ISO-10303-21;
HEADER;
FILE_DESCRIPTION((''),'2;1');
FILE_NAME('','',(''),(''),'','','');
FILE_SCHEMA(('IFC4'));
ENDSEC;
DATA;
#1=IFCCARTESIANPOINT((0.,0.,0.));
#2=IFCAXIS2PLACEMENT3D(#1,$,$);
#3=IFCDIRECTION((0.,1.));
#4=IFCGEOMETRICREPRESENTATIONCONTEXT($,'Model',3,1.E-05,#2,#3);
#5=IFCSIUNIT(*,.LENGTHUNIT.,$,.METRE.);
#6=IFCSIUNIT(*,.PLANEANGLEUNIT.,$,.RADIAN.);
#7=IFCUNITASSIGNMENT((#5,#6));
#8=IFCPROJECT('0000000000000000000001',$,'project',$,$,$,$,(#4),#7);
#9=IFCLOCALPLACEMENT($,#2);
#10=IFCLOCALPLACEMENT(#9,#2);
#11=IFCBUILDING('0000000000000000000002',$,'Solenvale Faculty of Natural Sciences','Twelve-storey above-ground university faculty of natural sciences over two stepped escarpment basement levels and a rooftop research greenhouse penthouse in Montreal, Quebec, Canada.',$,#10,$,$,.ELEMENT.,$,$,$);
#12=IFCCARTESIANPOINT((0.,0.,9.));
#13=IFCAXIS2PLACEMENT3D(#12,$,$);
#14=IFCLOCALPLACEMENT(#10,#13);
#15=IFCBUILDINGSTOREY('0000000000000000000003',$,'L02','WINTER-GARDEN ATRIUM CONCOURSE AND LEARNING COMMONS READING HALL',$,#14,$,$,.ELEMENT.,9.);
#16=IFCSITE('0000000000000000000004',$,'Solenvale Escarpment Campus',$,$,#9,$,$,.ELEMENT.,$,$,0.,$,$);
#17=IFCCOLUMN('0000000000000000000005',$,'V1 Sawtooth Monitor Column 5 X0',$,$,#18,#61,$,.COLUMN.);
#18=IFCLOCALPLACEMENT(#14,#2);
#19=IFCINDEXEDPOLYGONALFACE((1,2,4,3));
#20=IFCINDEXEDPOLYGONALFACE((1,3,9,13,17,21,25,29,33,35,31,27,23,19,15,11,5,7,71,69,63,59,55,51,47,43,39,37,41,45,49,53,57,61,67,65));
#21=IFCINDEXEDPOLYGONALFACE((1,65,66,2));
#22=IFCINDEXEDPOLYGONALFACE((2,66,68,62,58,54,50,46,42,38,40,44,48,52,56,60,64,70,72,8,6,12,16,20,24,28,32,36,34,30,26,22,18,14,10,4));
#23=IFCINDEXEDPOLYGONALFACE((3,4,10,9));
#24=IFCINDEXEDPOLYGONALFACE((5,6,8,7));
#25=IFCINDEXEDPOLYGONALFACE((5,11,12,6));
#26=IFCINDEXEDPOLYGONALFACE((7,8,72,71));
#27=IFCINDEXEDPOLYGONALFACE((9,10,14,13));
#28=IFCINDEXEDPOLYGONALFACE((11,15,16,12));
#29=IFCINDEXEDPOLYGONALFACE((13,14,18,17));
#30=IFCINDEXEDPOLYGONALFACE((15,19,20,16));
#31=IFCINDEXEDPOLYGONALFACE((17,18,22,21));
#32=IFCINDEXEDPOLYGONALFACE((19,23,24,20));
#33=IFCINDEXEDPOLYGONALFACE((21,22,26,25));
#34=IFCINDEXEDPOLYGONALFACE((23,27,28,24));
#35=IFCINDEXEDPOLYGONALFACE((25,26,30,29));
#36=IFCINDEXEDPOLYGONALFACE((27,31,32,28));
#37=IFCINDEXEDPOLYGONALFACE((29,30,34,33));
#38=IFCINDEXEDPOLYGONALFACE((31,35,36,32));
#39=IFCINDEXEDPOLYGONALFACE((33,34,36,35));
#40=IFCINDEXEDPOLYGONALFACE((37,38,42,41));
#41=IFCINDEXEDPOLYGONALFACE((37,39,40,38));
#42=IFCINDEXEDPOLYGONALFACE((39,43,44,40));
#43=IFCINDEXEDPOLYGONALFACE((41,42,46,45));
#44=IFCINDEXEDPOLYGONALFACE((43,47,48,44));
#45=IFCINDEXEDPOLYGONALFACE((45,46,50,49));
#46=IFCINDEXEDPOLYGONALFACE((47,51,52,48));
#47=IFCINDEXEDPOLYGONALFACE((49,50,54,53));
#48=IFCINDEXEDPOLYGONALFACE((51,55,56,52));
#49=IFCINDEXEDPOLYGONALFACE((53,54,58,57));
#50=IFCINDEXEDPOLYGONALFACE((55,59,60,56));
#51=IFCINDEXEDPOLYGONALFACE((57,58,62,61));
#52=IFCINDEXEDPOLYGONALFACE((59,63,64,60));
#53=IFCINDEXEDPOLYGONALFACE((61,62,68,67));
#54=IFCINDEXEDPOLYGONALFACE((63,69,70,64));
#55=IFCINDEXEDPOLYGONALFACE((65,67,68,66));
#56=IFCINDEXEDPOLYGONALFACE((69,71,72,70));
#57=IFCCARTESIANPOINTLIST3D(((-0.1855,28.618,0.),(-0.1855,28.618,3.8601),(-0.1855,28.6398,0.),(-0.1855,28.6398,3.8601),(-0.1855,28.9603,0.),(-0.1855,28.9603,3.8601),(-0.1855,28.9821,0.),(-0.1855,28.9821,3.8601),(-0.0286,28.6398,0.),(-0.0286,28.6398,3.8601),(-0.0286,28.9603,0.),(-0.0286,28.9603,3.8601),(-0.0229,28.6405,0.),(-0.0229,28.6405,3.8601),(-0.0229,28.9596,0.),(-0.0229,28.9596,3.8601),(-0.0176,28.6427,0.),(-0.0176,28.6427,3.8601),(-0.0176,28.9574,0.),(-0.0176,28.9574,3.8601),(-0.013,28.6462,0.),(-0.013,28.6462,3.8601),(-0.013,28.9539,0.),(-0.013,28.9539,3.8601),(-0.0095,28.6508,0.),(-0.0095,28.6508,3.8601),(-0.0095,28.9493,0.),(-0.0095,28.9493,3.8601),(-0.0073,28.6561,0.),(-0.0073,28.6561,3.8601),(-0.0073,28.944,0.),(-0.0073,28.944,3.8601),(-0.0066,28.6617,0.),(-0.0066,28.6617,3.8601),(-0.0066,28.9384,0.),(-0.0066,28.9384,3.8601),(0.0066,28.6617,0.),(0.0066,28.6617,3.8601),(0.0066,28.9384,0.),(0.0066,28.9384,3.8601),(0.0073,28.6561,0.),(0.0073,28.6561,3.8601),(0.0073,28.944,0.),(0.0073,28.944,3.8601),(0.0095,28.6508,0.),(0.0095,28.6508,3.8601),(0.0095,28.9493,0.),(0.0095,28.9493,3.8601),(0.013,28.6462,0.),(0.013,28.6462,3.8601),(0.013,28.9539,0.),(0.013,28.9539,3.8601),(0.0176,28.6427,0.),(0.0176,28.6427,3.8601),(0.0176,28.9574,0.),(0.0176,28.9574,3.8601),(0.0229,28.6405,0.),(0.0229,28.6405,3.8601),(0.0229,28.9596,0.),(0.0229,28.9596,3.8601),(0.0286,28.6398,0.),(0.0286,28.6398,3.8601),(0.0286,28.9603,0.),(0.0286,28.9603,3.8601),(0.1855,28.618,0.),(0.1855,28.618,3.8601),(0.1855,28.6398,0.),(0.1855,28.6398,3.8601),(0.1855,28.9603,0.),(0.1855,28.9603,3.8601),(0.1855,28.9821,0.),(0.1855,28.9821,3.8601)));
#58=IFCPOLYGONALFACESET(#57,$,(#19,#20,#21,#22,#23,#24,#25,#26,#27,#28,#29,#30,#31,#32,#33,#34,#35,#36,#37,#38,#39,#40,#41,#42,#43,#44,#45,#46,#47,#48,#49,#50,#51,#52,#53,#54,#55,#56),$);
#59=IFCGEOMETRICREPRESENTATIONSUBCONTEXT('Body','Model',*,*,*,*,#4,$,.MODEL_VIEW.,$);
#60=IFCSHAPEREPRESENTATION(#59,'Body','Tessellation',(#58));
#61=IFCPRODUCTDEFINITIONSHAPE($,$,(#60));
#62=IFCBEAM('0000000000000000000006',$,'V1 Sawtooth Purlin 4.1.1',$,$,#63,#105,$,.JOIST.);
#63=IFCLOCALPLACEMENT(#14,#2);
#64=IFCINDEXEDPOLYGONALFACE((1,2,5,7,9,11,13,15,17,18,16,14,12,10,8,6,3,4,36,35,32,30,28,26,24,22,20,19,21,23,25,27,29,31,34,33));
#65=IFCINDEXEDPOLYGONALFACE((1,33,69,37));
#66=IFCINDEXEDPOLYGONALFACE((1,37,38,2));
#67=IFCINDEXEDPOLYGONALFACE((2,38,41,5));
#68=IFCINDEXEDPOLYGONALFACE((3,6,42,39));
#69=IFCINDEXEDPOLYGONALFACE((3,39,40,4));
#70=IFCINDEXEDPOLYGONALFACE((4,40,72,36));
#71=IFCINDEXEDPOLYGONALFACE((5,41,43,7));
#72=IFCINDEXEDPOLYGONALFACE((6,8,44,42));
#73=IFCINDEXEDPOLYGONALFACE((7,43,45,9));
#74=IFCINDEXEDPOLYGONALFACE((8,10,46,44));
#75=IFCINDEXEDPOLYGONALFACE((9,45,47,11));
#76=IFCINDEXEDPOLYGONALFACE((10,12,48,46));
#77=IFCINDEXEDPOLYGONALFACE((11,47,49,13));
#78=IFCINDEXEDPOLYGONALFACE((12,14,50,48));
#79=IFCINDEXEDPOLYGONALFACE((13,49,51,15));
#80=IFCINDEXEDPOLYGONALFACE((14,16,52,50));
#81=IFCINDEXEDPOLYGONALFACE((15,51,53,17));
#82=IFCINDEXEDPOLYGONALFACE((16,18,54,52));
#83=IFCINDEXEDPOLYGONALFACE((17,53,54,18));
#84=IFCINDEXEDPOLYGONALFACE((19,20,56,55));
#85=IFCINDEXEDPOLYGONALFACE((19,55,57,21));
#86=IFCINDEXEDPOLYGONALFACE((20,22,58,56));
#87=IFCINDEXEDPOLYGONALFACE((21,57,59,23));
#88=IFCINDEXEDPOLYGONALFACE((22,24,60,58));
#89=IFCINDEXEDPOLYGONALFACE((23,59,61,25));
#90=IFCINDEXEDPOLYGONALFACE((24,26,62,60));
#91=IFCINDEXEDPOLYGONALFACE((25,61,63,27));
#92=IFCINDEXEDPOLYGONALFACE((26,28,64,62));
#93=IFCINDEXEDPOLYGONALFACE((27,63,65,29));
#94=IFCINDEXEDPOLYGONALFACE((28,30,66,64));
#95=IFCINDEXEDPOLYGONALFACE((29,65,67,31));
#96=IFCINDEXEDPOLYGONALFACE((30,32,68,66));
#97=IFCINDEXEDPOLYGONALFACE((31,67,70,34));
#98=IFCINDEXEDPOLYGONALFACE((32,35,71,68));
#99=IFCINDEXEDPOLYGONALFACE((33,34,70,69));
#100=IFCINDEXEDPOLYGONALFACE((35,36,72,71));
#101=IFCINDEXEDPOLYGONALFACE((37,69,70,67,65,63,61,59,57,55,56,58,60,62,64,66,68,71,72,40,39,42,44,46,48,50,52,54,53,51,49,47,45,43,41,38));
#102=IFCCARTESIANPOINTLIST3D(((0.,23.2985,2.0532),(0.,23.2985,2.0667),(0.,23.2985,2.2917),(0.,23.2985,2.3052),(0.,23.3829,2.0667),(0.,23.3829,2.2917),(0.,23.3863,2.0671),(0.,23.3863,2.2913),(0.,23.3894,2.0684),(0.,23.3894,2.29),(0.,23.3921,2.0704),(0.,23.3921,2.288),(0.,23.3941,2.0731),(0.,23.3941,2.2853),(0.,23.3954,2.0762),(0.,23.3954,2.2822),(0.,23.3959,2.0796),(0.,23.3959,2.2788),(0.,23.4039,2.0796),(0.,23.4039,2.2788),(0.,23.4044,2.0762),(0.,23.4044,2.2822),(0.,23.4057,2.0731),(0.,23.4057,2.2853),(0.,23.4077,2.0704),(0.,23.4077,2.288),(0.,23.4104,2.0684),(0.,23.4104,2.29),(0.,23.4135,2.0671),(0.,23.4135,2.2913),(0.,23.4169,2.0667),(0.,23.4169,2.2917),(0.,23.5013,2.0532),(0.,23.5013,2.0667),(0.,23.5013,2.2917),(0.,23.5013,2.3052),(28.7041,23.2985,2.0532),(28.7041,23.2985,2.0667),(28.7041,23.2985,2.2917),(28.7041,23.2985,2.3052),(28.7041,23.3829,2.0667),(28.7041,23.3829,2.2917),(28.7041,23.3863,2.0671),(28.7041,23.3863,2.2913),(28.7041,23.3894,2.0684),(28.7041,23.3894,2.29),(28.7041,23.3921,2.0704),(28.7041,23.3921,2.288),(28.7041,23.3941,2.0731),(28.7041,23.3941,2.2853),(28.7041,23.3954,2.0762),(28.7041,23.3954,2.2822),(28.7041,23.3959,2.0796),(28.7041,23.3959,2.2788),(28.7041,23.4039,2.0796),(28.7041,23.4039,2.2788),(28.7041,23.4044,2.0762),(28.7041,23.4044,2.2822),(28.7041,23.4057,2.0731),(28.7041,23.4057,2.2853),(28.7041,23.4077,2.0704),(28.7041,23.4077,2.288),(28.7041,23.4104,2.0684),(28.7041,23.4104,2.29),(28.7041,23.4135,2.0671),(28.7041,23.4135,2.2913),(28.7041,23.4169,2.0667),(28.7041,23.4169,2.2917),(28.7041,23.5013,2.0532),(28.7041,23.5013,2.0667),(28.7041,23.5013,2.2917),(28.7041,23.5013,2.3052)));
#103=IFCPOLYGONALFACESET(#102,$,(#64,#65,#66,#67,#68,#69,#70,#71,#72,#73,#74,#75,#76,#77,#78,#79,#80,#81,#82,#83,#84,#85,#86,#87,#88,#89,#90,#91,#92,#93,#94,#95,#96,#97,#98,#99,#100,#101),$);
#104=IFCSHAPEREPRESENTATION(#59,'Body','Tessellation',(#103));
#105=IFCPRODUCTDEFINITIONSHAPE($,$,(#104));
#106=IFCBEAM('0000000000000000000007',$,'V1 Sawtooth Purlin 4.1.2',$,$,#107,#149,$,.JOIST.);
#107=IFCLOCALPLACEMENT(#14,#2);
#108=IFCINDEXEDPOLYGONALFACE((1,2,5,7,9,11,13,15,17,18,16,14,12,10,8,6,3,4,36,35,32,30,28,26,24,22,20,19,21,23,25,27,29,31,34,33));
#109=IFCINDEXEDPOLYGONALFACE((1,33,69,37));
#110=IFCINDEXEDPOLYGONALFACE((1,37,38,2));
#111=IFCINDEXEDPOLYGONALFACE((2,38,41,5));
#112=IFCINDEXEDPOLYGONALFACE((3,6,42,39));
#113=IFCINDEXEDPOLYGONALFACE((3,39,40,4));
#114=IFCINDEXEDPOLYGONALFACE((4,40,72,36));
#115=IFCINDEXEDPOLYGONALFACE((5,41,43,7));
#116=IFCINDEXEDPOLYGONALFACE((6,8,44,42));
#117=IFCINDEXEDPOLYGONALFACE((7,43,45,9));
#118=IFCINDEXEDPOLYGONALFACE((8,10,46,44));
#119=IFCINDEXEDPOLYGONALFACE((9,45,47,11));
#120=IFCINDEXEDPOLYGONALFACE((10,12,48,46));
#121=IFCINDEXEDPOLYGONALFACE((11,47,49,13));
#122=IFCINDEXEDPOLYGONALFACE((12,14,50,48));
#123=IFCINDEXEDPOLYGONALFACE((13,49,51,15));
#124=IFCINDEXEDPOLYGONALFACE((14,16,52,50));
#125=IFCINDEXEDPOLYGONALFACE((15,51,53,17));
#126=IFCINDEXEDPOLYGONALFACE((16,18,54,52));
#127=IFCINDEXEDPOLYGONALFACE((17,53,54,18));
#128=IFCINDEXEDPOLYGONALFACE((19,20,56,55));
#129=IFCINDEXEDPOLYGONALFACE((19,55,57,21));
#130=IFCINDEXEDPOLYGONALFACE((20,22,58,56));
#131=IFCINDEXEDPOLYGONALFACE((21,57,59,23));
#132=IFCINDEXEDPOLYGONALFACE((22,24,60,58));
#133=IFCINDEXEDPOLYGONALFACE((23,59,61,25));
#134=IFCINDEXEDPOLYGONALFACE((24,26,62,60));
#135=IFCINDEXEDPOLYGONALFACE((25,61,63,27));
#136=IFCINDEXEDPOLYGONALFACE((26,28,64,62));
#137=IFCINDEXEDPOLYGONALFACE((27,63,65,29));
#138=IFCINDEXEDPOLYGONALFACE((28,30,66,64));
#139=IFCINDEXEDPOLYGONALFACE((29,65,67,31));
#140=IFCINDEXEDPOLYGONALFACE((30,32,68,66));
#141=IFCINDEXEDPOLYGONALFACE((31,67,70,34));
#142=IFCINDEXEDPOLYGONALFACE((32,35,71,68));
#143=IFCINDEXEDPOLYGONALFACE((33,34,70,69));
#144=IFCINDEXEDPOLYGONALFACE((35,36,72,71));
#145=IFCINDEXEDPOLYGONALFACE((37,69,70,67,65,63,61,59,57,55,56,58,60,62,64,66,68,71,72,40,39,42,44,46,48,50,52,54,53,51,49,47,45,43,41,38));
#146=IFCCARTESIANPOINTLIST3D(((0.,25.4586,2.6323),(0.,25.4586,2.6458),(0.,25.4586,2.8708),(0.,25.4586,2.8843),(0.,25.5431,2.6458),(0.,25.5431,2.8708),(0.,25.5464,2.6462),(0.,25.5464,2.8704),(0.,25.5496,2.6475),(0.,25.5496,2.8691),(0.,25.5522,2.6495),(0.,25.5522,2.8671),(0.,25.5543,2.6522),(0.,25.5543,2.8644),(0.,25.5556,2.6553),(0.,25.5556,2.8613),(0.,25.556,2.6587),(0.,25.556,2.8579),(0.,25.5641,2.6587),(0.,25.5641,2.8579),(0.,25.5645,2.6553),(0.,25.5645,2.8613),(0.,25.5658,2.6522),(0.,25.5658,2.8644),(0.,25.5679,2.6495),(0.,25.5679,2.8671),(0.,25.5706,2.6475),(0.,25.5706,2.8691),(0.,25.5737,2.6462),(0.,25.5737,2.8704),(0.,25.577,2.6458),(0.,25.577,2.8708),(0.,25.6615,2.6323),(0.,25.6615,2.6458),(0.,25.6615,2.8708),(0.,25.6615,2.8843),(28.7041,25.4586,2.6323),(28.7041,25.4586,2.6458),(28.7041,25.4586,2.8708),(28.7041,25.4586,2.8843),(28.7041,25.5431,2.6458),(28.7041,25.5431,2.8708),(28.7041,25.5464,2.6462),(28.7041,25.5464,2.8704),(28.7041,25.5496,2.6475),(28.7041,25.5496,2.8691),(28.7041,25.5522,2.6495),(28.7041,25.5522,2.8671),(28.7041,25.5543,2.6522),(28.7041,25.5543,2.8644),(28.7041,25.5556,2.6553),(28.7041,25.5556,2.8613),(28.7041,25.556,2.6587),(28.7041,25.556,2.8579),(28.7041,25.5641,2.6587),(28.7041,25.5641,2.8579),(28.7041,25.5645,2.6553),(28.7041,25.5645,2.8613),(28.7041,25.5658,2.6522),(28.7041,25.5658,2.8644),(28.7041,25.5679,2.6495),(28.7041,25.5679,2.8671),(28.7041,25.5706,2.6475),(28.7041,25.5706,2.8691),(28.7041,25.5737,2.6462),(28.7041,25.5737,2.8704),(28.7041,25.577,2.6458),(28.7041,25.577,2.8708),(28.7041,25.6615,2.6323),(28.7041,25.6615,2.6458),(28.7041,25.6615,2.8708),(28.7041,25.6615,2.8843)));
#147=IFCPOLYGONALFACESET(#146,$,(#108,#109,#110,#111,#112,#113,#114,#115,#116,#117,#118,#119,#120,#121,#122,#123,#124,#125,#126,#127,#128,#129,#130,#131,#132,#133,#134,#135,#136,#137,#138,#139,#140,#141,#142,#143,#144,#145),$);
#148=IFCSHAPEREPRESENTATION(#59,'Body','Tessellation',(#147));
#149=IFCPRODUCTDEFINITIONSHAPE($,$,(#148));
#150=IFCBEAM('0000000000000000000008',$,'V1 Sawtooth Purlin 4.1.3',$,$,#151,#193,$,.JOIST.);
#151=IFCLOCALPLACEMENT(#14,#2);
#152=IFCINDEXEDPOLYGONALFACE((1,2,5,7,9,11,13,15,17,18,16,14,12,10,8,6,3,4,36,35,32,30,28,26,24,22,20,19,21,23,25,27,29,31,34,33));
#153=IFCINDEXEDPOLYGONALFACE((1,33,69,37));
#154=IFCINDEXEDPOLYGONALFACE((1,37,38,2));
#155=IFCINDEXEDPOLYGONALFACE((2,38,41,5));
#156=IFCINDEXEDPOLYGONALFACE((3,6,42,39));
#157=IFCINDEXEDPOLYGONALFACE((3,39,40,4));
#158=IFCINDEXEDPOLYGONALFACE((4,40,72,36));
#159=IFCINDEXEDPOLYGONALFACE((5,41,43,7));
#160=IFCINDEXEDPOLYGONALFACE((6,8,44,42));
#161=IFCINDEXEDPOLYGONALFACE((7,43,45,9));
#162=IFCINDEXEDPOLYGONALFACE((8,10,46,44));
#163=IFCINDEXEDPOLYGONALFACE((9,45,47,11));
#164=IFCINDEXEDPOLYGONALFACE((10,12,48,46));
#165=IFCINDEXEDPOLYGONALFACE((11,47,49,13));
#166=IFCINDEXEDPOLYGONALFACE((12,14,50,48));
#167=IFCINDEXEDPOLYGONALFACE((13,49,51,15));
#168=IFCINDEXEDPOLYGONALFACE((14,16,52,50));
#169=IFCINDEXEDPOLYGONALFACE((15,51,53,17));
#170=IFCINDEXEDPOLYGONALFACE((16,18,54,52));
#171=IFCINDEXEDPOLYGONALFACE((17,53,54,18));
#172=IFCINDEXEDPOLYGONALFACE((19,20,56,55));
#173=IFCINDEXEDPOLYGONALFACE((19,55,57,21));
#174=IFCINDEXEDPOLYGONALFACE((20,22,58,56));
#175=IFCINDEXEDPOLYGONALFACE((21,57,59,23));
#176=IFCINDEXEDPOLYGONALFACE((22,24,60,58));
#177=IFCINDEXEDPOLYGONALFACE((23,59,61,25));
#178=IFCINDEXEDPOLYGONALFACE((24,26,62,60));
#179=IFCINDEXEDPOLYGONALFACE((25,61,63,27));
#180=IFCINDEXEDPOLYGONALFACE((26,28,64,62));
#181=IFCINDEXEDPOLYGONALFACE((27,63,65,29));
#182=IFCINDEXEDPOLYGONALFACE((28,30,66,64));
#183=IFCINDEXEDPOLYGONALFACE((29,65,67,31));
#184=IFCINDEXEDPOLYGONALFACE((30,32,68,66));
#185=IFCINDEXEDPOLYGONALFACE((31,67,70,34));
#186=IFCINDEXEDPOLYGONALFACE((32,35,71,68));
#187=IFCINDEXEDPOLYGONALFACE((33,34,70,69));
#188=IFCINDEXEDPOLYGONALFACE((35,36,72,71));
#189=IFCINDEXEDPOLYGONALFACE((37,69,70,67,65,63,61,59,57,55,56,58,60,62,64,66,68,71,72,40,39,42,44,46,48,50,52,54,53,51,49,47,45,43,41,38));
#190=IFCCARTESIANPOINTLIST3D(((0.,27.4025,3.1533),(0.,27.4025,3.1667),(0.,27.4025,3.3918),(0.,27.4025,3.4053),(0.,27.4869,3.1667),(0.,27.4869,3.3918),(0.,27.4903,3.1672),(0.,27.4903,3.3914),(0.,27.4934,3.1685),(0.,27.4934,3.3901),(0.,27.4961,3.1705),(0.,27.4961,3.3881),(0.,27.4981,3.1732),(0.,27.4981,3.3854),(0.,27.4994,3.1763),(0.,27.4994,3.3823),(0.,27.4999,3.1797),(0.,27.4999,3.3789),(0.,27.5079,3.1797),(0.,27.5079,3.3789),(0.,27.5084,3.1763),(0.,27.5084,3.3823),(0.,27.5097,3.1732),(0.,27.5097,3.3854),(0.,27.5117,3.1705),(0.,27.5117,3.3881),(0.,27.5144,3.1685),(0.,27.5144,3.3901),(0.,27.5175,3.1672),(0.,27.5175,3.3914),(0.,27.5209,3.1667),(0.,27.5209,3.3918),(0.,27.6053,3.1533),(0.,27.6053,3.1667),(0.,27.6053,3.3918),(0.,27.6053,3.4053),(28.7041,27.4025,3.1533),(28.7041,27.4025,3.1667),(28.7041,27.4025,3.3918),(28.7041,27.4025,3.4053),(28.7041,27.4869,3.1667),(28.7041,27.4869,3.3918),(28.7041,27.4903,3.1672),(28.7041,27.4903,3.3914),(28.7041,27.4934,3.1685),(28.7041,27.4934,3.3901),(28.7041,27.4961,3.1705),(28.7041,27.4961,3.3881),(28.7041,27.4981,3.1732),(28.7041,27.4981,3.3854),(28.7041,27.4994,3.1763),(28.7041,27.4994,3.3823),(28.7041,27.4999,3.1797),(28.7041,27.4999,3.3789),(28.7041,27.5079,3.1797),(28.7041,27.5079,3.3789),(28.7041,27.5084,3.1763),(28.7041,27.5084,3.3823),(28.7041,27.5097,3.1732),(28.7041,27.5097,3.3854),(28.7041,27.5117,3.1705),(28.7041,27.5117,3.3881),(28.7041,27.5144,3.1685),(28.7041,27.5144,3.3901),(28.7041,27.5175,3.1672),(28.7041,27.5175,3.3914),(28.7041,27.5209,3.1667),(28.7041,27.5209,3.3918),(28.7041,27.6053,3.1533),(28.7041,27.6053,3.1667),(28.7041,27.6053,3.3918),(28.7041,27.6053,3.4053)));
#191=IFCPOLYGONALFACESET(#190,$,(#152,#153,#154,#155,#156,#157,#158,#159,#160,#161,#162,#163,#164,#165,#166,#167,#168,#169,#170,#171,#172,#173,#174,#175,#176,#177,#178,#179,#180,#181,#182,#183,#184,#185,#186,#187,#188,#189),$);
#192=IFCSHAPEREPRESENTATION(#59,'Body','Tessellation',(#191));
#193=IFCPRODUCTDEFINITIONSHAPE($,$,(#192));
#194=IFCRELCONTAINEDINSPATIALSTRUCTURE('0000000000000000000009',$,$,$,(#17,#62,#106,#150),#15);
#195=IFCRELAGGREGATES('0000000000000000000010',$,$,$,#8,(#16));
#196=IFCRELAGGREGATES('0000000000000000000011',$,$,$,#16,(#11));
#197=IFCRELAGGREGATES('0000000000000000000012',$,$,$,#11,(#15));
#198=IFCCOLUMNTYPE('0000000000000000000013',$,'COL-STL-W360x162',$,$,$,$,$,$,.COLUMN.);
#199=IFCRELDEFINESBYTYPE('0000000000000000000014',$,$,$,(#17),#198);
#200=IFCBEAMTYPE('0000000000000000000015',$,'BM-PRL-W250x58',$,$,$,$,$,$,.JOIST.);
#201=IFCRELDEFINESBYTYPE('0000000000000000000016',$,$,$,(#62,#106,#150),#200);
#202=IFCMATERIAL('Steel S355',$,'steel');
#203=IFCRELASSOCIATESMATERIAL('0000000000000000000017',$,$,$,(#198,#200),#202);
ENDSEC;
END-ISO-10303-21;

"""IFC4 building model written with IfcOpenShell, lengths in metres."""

from ifc_helpers import new_model, si_unit, direction, frame, origin, origin_2d, place, context, subcontext, project, spatial, i_section, extrude, material, material_profile, profile_set, type_object, element, save


model = new_model("IFC4")

# Units and contexts
model_context = context("Model", 3, precision=1e-05, world=origin(), true_north=direction((0.0, 1.0)))
body_context = subcontext(model_context, "Body", "Model", "MODEL_VIEW")
ifc_project = project(units=[si_unit("LENGTHUNIT", "METRE"), si_unit("PLANEANGLEUNIT", "RADIAN")], contexts=[model_context])

# Site, building, storey
site_placement = place(None, origin())
site = spatial("IfcSite", under=ifc_project, at=site_placement, Name="Solenvale Escarpment Campus", CompositionType="ELEMENT", RefElevation=0.0)
building_placement = place(site_placement, origin())
building = spatial("IfcBuilding", under=site, at=building_placement, Name="Solenvale Faculty of Natural Sciences", Description="Twelve-storey above-ground university faculty of natural sciences over two stepped escarpment basement levels and a rooftop research greenhouse penthouse in Montreal, Quebec, Canada.", CompositionType="ELEMENT")
storey_placement = place(building_placement, frame((0.0, 0.0, 9.0)))
storey = spatial("IfcBuildingStorey", under=building, at=storey_placement, Name="L02", Description="WINTER-GARDEN ATRIUM CONCOURSE AND LEARNING COMMONS READING HALL", CompositionType="ELEMENT", Elevation=9.0)

# Column
ifc_material_1 = material(Name="Steel S355", Category="steel")
ifc_material_profile_1 = material_profile(ifc_material_1, i_section(OverallWidth=0.3711, OverallDepth=0.364, WebThickness=0.0132, FlangeThickness=0.0217, FilletRadius=0.022, at=origin_2d()), Name="W360x162")
ifc_profile_set_1 = profile_set([ifc_material_profile_1], Name="Steel S355")
column_type = type_object("IfcColumnType", Name="COL-STL-W360x162", PredefinedType="COLUMN", material=ifc_profile_set_1)
column_placement = place(storey_placement, frame((0.0, 28.8, 0.0), z_axis=(0.0, 0.0, 1.0), x_axis=(1.0, 0.0, 0.0)))
element("IfcColumn", 1, at=column_placement, inside=storey, type_object=column_type, Name="V1 Sawtooth Monitor Column 5 X0", PredefinedType="COLUMN", context=body_context, shape_type="SweptSolid", body=[
    extrude(i_section(OverallWidth=0.3711, OverallDepth=0.364, WebThickness=0.0132, FlangeThickness=0.0217, FilletRadius=0.022, at=origin_2d()), origin(), (0.0, 0.0, 1.0), 3.8601),
])

# Beams
ifc_material_profile_2 = material_profile(ifc_material_1, i_section(OverallWidth=0.2029, OverallDepth=0.252, WebThickness=0.0081, FlangeThickness=0.0134, FilletRadius=0.0129, at=origin_2d()), Name="W250x58")
ifc_profile_set_2 = profile_set([ifc_material_profile_2], Name="Steel S355")
beam_type_1 = type_object("IfcBeamType", Name="BM-PRL-W250x58", PredefinedType="JOIST", material=ifc_profile_set_2)
for number, where, z_axis, x_axis, name in (
    (2, (0.0, 23.3999, 2.1792), (1.0, 0.0, 0.0), (0.0, 1.0, 0.0), "V1 Sawtooth Purlin 4.1.1"),
    (3, (0.0, 25.5601, 2.7583), (1.0, 0.0, 0.0), (0.0, 1.0, 0.0), "V1 Sawtooth Purlin 4.1.2"),
    (4, (0.0, 27.5039, 3.2793), (1.0, 0.0, 0.0), (0.0, 1.0, 0.0), "V1 Sawtooth Purlin 4.1.3"),
):
    element("IfcBeam", number, at=place(storey_placement, frame(where, z_axis=z_axis, x_axis=x_axis)), inside=storey, type_object=beam_type_1, Name=name, PredefinedType="JOIST", context=body_context, shape_type="SweptSolid", body=[
        extrude(i_section(OverallWidth=0.2029, OverallDepth=0.252, WebThickness=0.0081, FlangeThickness=0.0134, FilletRadius=0.0129, at=origin_2d()), origin(), (0.0, 0.0, 1.0), 28.7041),
    ])

save(model, "model.ifc")
